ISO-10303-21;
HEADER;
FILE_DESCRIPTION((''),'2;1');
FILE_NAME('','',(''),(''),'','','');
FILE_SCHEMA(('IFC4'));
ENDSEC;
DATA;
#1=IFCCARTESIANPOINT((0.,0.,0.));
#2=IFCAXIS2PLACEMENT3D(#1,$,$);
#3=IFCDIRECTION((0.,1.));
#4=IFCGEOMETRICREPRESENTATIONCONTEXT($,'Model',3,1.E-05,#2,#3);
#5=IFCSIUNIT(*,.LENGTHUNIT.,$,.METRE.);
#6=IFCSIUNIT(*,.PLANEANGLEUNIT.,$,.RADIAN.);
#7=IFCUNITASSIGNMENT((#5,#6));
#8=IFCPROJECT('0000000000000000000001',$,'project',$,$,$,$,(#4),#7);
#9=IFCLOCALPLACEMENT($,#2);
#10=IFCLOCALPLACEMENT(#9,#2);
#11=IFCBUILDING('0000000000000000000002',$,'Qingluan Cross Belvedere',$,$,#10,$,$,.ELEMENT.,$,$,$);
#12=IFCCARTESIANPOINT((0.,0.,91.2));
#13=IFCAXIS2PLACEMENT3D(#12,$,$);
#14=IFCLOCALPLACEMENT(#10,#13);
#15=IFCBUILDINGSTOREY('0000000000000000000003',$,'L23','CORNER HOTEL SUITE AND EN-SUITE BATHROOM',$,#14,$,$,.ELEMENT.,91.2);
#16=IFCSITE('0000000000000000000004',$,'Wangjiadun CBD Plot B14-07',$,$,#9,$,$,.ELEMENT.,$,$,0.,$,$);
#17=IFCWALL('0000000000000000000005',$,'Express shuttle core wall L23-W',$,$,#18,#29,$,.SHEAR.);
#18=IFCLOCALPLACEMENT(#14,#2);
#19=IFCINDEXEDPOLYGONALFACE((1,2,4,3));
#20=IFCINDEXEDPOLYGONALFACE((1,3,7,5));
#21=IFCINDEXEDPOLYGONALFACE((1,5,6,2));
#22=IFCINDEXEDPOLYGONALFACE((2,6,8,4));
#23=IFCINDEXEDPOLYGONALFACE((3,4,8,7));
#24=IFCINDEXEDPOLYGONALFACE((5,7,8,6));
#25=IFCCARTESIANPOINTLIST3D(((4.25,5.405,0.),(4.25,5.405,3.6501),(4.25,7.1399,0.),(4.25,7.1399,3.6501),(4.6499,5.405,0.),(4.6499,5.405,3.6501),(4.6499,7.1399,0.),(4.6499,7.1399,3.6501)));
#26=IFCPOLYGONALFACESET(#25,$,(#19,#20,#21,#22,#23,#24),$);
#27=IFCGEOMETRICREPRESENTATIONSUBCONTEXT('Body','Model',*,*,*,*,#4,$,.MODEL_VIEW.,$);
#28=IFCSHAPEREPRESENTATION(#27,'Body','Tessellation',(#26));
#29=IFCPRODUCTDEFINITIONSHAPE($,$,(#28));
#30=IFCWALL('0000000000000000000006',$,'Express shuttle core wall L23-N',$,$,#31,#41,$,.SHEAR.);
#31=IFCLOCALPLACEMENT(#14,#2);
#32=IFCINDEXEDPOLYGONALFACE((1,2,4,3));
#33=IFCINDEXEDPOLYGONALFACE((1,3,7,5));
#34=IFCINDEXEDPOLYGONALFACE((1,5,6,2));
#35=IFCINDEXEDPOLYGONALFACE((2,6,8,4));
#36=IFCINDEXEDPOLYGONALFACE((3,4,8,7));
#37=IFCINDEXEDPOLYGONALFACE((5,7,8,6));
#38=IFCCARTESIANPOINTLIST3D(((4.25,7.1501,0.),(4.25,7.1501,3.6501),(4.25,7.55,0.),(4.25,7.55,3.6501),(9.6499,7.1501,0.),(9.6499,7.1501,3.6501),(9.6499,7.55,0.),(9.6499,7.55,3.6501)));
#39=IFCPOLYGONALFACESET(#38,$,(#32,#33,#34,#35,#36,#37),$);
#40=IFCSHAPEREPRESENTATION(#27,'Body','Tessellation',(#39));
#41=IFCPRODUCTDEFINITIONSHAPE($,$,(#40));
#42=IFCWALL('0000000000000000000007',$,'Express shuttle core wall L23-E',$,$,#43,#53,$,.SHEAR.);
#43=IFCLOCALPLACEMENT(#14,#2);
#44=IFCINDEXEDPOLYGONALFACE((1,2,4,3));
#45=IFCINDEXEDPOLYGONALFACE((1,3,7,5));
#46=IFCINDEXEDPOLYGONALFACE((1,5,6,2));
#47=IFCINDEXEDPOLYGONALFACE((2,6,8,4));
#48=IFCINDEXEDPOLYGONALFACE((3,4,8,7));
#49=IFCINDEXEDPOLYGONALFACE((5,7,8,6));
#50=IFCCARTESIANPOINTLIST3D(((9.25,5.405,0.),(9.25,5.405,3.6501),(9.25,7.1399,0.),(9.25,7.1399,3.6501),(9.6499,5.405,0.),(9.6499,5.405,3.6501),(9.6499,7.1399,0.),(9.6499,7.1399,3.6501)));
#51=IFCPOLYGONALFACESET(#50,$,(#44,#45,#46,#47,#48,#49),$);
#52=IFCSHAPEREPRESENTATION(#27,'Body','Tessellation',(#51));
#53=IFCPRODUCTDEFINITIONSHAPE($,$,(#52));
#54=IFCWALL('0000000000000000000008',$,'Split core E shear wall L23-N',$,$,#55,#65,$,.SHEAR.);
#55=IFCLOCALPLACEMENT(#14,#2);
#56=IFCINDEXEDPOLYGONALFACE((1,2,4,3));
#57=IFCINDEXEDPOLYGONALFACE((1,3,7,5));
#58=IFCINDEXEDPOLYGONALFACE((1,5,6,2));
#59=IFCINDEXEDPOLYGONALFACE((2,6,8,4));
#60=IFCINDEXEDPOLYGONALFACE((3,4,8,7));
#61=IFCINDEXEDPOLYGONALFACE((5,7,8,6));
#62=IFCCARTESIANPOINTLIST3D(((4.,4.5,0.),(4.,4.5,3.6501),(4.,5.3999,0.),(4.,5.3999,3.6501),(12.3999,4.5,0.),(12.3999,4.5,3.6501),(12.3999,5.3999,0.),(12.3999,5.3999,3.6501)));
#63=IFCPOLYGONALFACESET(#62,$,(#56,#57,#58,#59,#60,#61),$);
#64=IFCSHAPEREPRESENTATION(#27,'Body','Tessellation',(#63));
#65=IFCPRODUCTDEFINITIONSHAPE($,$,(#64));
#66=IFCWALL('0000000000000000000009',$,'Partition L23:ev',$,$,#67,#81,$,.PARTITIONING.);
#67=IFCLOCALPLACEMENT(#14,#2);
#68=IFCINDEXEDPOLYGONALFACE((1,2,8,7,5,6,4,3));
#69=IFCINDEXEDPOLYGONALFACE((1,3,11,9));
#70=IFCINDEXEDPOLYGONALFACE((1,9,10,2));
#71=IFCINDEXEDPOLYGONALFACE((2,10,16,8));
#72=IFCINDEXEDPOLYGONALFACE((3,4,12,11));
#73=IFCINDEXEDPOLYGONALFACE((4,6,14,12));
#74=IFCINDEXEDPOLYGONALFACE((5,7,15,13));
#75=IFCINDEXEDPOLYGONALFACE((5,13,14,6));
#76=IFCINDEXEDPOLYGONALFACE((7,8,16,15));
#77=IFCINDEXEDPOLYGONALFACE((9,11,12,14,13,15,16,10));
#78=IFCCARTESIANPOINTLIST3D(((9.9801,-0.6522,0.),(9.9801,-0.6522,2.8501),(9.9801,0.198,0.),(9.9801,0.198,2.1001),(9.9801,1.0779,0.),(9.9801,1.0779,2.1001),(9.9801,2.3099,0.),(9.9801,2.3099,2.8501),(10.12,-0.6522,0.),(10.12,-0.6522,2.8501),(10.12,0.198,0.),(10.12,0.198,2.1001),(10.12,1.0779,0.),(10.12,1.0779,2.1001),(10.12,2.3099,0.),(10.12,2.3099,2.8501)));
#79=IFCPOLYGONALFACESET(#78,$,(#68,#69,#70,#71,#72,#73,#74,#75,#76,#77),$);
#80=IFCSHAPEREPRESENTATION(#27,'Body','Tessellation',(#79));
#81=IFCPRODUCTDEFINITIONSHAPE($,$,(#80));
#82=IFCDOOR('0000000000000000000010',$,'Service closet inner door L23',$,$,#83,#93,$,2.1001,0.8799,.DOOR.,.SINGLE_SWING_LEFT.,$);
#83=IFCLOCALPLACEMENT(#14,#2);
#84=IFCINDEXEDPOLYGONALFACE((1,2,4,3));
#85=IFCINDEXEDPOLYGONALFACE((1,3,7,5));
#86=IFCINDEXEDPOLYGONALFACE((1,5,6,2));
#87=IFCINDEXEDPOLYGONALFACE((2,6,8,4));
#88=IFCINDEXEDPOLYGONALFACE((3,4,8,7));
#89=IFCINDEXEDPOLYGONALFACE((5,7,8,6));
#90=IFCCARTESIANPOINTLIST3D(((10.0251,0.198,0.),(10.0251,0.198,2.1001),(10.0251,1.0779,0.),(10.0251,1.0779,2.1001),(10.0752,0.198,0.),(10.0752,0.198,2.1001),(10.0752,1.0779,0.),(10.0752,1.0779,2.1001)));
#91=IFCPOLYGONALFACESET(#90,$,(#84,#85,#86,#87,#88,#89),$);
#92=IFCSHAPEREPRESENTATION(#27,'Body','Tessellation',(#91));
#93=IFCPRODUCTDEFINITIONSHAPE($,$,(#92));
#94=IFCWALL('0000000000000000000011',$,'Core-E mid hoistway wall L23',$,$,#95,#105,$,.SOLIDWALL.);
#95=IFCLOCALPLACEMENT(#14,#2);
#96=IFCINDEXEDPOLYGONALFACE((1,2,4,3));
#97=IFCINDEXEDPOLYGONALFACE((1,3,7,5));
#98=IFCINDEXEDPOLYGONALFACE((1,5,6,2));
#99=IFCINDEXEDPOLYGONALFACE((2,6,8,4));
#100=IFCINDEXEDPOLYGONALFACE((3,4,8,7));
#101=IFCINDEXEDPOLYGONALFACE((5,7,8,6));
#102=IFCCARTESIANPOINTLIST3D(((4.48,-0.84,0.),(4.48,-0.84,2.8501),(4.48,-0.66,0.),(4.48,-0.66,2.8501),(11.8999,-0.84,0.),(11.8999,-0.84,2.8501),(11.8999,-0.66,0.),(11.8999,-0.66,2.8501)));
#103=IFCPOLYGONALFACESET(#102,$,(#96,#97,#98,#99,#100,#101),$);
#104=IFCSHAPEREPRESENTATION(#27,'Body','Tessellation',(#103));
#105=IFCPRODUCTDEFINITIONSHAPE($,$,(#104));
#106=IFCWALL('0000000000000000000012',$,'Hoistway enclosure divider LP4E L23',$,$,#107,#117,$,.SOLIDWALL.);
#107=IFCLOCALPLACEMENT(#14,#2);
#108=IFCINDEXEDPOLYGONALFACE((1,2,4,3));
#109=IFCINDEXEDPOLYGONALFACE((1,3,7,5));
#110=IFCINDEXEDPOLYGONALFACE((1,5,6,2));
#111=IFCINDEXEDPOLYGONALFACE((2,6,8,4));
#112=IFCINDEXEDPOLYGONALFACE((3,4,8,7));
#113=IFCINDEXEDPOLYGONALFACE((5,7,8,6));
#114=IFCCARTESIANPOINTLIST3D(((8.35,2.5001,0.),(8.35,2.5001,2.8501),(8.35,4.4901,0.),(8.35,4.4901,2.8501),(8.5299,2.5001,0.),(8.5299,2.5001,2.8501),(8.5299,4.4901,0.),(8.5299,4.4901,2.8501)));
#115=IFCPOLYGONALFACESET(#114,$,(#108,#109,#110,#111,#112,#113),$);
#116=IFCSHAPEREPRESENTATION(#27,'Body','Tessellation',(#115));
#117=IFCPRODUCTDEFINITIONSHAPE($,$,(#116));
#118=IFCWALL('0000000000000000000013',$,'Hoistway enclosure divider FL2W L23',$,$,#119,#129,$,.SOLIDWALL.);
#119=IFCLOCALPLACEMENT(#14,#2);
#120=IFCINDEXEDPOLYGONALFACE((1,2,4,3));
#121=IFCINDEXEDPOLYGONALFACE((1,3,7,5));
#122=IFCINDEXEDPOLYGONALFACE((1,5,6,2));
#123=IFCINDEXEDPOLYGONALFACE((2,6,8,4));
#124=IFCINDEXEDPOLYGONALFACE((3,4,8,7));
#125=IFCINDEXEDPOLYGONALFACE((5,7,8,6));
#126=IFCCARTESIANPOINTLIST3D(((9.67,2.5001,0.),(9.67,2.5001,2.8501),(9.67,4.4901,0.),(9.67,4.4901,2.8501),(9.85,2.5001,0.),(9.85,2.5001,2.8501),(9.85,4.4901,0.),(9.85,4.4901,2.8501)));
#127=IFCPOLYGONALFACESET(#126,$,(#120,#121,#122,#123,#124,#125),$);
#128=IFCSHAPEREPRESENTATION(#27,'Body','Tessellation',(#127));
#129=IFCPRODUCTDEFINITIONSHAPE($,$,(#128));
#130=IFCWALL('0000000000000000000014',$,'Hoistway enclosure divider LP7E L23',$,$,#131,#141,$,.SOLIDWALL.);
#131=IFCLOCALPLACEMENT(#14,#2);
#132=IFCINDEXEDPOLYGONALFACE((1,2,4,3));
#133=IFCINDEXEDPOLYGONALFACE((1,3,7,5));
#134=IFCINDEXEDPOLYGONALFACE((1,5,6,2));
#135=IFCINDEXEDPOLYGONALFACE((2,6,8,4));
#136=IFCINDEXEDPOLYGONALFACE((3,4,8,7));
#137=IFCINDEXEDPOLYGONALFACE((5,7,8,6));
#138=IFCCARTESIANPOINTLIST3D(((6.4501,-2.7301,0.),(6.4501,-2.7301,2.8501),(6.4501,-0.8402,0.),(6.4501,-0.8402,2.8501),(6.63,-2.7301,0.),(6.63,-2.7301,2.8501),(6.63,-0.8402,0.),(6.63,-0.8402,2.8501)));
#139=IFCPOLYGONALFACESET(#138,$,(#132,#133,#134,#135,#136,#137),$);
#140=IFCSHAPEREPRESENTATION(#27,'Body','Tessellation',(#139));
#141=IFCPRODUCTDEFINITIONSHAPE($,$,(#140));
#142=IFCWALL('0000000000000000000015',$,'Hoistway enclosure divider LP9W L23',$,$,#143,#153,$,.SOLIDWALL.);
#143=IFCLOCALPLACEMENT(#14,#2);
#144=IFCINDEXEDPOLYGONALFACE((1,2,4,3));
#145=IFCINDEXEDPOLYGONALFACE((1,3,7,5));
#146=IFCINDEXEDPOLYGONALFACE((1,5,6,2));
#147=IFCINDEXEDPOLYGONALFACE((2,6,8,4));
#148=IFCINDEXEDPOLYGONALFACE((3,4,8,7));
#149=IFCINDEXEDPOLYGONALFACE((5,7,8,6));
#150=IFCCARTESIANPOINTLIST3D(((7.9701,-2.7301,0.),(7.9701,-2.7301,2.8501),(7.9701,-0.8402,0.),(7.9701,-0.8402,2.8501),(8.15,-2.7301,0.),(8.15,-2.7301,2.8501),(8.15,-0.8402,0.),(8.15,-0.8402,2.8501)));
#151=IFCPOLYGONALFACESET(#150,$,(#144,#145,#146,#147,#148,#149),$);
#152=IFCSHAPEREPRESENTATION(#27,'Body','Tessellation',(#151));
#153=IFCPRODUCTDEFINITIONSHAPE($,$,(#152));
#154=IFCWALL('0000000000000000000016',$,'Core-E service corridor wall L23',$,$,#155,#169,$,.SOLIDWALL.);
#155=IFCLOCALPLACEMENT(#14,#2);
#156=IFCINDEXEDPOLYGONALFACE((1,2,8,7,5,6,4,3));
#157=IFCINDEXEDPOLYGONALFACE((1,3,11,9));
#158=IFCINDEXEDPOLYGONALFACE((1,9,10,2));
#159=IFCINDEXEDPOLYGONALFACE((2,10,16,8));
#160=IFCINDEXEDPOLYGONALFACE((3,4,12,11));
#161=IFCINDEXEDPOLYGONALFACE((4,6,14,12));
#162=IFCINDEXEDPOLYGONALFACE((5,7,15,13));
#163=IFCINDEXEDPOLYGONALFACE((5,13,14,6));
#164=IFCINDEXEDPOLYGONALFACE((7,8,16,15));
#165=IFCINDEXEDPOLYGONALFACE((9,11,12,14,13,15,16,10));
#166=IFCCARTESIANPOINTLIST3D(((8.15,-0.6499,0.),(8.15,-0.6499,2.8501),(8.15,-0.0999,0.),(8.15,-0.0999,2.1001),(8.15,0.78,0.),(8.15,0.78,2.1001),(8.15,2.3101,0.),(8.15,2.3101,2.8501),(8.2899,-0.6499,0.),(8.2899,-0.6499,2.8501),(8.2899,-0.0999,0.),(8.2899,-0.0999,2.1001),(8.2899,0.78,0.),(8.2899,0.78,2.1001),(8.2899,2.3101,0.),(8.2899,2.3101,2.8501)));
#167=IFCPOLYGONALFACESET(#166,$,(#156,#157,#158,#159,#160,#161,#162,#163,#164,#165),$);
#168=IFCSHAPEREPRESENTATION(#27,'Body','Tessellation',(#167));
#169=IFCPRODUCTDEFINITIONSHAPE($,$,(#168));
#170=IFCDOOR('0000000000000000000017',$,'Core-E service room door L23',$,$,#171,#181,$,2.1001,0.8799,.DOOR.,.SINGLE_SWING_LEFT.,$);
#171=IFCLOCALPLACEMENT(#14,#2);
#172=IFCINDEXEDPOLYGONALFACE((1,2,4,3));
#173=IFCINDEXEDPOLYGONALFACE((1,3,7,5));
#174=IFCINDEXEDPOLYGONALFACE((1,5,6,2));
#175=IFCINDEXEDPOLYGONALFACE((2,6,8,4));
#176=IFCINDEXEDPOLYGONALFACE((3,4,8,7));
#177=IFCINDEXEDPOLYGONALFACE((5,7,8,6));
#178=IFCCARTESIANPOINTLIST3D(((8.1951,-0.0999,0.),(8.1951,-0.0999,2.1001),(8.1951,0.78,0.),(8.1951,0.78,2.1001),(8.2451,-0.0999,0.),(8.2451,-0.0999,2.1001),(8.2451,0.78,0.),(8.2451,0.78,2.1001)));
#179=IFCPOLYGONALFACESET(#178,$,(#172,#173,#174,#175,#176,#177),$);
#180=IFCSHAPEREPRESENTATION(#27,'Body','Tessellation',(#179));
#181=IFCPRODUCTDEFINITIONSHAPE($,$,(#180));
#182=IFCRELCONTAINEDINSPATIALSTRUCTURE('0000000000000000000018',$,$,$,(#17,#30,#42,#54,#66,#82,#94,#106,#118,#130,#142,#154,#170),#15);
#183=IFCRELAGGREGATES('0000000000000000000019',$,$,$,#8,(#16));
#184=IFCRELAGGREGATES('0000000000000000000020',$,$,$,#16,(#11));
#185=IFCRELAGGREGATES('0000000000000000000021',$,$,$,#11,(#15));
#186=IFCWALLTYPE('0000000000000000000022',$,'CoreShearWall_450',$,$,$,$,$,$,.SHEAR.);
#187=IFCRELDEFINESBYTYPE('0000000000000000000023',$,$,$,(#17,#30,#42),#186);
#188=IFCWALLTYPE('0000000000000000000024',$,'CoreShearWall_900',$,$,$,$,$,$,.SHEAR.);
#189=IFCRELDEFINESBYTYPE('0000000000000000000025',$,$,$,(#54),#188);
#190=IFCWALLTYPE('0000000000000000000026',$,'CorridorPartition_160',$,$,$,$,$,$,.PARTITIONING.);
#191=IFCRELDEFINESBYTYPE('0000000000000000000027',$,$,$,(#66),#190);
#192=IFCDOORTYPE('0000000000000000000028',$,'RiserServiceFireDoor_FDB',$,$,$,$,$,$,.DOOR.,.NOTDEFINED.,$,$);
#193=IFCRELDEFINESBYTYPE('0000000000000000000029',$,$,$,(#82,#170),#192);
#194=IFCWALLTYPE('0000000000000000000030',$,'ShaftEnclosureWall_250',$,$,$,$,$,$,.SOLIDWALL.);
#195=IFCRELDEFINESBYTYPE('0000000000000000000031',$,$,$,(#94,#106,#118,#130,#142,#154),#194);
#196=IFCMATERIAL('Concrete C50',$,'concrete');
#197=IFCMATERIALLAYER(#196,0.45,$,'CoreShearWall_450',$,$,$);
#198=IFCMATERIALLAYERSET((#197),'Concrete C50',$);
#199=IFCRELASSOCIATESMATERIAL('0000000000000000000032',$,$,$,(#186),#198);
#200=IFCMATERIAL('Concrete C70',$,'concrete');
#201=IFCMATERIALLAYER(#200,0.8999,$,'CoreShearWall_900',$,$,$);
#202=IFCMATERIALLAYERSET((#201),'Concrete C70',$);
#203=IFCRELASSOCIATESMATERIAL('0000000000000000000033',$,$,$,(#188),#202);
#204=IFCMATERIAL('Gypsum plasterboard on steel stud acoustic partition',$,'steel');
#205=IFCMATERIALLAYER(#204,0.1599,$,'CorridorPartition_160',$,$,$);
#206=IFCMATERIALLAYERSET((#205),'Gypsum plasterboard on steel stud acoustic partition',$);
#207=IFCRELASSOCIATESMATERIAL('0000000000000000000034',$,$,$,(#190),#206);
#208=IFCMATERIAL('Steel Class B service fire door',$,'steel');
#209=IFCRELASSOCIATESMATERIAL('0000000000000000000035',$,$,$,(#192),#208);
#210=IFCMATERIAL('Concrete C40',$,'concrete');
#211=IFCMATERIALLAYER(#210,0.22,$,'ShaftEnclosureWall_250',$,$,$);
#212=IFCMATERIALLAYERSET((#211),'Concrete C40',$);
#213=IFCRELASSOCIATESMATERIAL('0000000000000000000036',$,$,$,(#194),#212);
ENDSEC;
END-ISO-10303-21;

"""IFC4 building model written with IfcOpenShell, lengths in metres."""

from ifc_helpers import new_model, si_unit, direction, frame, frame_2d, origin, place, context, subcontext, project, spatial, rectangle, extrude, material, layer, layer_set, type_object, element, fill, save


model = new_model("IFC4")

# Units and contexts
model_context = context("Model", 3, precision=1e-05, world=origin(), true_north=direction((0.0, 1.0)))
body_context = subcontext(model_context, "Body", "Model", "MODEL_VIEW")
ifc_project = project(units=[si_unit("LENGTHUNIT", "METRE"), si_unit("PLANEANGLEUNIT", "RADIAN")], contexts=[model_context])

# Site, building, storey
site_placement = place(None, origin())
site = spatial("IfcSite", under=ifc_project, at=site_placement, Name="Wangjiadun CBD Plot B14-07", CompositionType="ELEMENT", RefElevation=0.0)
building_placement = place(site_placement, origin())
building = spatial("IfcBuilding", under=site, at=building_placement, Name="Qingluan Cross Belvedere", CompositionType="ELEMENT")
storey_placement = place(building_placement, frame((0.0, 0.0, 91.2)))
storey = spatial("IfcBuildingStorey", under=building, at=storey_placement, Name="L23", Description="CORNER HOTEL SUITE AND EN-SUITE BATHROOM", CompositionType="ELEMENT", Elevation=91.2)

# Walls
ifc_material_1 = material(Name="Concrete C50", Category="concrete")
ifc_layer_1 = layer(ifc_material_1, 0.45, Name="CoreShearWall_450")
ifc_layer_set_1 = layer_set([ifc_layer_1], Name="Concrete C50")
wall_type_1 = type_object("IfcWallType", Name="CoreShearWall_450", PredefinedType="SHEAR", material=ifc_layer_set_1)
wall_1_placement = place(storey_placement, frame((4.45, 5.405, 0.0), z_axis=(0.0, 0.0, 1.0), x_axis=(0.0, 1.0, 0.0)))
element("IfcWall", 1, at=wall_1_placement, inside=storey, type_object=wall_type_1, Name="Express shuttle core wall L23-W", PredefinedType="SHEAR", context=body_context, shape_type="SweptSolid", body=[
    extrude(rectangle(XDim=1.7349, YDim=0.3999, at=frame_2d((0.8674, 0.0))), origin(), (0.0, 0.0, 1.0), 3.6501),
])
wall_2_placement = place(storey_placement, frame((4.25, 7.3501, 0.0), z_axis=(0.0, 0.0, 1.0), x_axis=(1.0, 0.0, 0.0)))
element("IfcWall", 2, at=wall_2_placement, inside=storey, type_object=wall_type_1, Name="Express shuttle core wall L23-N", PredefinedType="SHEAR", context=body_context, shape_type="SweptSolid", body=[
    extrude(rectangle(XDim=5.3999, YDim=0.3999, at=frame_2d((2.7, 0.0))), origin(), (0.0, 0.0, 1.0), 3.6501),
])
wall_3_placement = place(storey_placement, frame((9.45, 5.405, 0.0), z_axis=(0.0, 0.0, 1.0), x_axis=(0.0, 1.0, 0.0)))
element("IfcWall", 3, at=wall_3_placement, inside=storey, type_object=wall_type_1, Name="Express shuttle core wall L23-E", PredefinedType="SHEAR", context=body_context, shape_type="SweptSolid", body=[
    extrude(rectangle(XDim=1.7349, YDim=0.3999, at=frame_2d((0.8674, 0.0))), origin(), (0.0, 0.0, 1.0), 3.6501),
])
ifc_material_2 = material(Name="Concrete C70", Category="concrete")
ifc_layer_2 = layer(ifc_material_2, 0.8999, Name="CoreShearWall_900")
ifc_layer_set_2 = layer_set([ifc_layer_2], Name="Concrete C70")
wall_type_2 = type_object("IfcWallType", Name="CoreShearWall_900", PredefinedType="SHEAR", material=ifc_layer_set_2)
wall_4_placement = place(storey_placement, frame((4.0, 4.95, 0.0), z_axis=(0.0, 0.0, 1.0), x_axis=(1.0, 0.0, 0.0)))
element("IfcWall", 4, at=wall_4_placement, inside=storey, type_object=wall_type_2, Name="Split core E shear wall L23-N", PredefinedType="SHEAR", context=body_context, shape_type="SweptSolid", body=[
    extrude(rectangle(XDim=8.3999, YDim=0.8999, at=frame_2d((4.2, 0.0))), origin(), (0.0, 0.0, 1.0), 3.6501),
])

# Wall, opening, door
ifc_material_3 = material(Name="Gypsum plasterboard on steel stud acoustic partition", Category="steel")
ifc_layer_3 = layer(ifc_material_3, 0.1599, Name="CorridorPartition_160")
ifc_layer_set_3 = layer_set([ifc_layer_3], Name="Gypsum plasterboard on steel stud acoustic partition")
wall_type_3 = type_object("IfcWallType", Name="CorridorPartition_160", PredefinedType="PARTITIONING", material=ifc_layer_set_3)
wall_5_placement = place(storey_placement, frame((10.05, -0.6521, 0.0), z_axis=(0.0, 0.0, 1.0), x_axis=(0.0, 1.0, 0.0)))
wall_5 = element("IfcWall", 5, at=wall_5_placement, inside=storey, type_object=wall_type_3, Name="Partition L23:ev", PredefinedType="PARTITIONING", context=body_context, shape_type="SweptSolid", body=[
    extrude(rectangle(XDim=2.9622, YDim=0.1399, at=frame_2d((1.481, 0.0))), origin(), (0.0, 0.0, 1.0), 2.8501),
])
opening_1_placement = place(wall_5_placement, frame((0.8501, 0.0, 0.0)))
opening_1 = element("IfcOpeningElement", 6, at=opening_1_placement, cuts=wall_5, PredefinedType="OPENING", context=body_context, shape_type="SweptSolid", body=[
    extrude(rectangle(XDim=0.8799, YDim=2.1001, at=frame_2d((0.4399, 1.05))), frame((0.0, 0.0798, 0.0), z_axis=(0.0, -1.0, 0.0), x_axis=(1.0, 0.0, 0.0)), (0.0, 0.0, 1.0), 0.1599),
])
ifc_material_4 = material(Name="Steel Class B service fire door", Category="steel")
door_type_1 = type_object("IfcDoorType", Name="RiserServiceFireDoor_FDB", OperationType="NOTDEFINED", PredefinedType="DOOR", material=ifc_material_4)
door_1_placement = place(opening_1_placement, origin())
door_1 = element("IfcDoor", 7, at=door_1_placement, inside=storey, type_object=door_type_1, Name="Service closet inner door L23", OperationType="SINGLE_SWING_LEFT", OverallHeight=2.1001, OverallWidth=0.8799, PredefinedType="DOOR", context=body_context, shape_type="SweptSolid", body=[
    extrude(rectangle(XDim=0.8799, YDim=2.1001, at=frame_2d((0.4399, 1.05))), frame((0.0, 0.0249, 0.0), z_axis=(0.0, -1.0, 0.0), x_axis=(1.0, 0.0, 0.0)), (0.0, 0.0, 1.0), 0.05),
])
fill(opening_1, door_1)

# Shared definitions
ifc_material_5 = material(Name="Concrete C40", Category="concrete")
ifc_layer_4 = layer(ifc_material_5, 0.22, Name="ShaftEnclosureWall_250")
ifc_layer_set_4 = layer_set([ifc_layer_4], Name="Concrete C40")
wall_type_4 = type_object("IfcWallType", Name="ShaftEnclosureWall_250", PredefinedType="SOLIDWALL", material=ifc_layer_set_4)

# Walls
wall_6_placement = place(storey_placement, frame((4.48, -0.75, 0.0), z_axis=(0.0, 0.0, 1.0), x_axis=(1.0, 0.0, 0.0)))
element("IfcWall", 8, at=wall_6_placement, inside=storey, type_object=wall_type_4, Name="Core-E mid hoistway wall L23", PredefinedType="SOLIDWALL", context=body_context, shape_type="SweptSolid", body=[
    extrude(rectangle(XDim=7.4199, YDim=0.1799, at=frame_2d((3.71, 0.0))), origin(), (0.0, 0.0, 1.0), 2.8501),
])
for number, where, z_axis, x_axis, name in (
    (9, (8.4399, 2.5, 0.0), (0.0, 0.0, 1.0), (0.0, 1.0, 0.0), "Hoistway enclosure divider LP4E L23"),
    (10, (9.76, 2.5, 0.0), (0.0, 0.0, 1.0), (0.0, 1.0, 0.0), "Hoistway enclosure divider FL2W L23"),
):
    element("IfcWall", number, at=place(storey_placement, frame(where, z_axis=z_axis, x_axis=x_axis)), inside=storey, type_object=wall_type_4, Name=name, PredefinedType="SOLIDWALL", context=body_context, shape_type="SweptSolid", body=[
        extrude(rectangle(XDim=1.99, YDim=0.1799, at=frame_2d((0.9951, 0.0))), origin(), (0.0, 0.0, 1.0), 2.8501),
    ])
for number, where, z_axis, x_axis, name in (
    (11, (6.54, -2.73, 0.0), (0.0, 0.0, 1.0), (0.0, 1.0, 0.0), "Hoistway enclosure divider LP7E L23"),
    (12, (8.0601, -2.73, 0.0), (0.0, 0.0, 1.0), (0.0, 1.0, 0.0), "Hoistway enclosure divider LP9W L23"),
):
    element("IfcWall", number, at=place(storey_placement, frame(where, z_axis=z_axis, x_axis=x_axis)), inside=storey, type_object=wall_type_4, Name=name, PredefinedType="SOLIDWALL", context=body_context, shape_type="SweptSolid", body=[
        extrude(rectangle(XDim=1.8899, YDim=0.1799, at=frame_2d((0.9448, 0.0))), origin(), (0.0, 0.0, 1.0), 2.8501),
    ])

# Wall, opening, door
wall_7_placement = place(storey_placement, frame((8.22, -0.6499, 0.0), z_axis=(0.0, 0.0, 1.0), x_axis=(0.0, 1.0, 0.0)))
wall_7 = element("IfcWall", 13, at=wall_7_placement, inside=storey, type_object=wall_type_4, Name="Core-E service corridor wall L23", PredefinedType="SOLIDWALL", context=body_context, shape_type="SweptSolid", body=[
    extrude(rectangle(XDim=2.96, YDim=0.1399, at=frame_2d((1.48, 0.0))), origin(), (0.0, 0.0, 1.0), 2.8501),
])
opening_2_placement = place(wall_7_placement, frame((0.55, 0.0, 0.0)))
opening_2 = element("IfcOpeningElement", 14, at=opening_2_placement, cuts=wall_7, PredefinedType="OPENING", context=body_context, shape_type="SweptSolid", body=[
    extrude(rectangle(XDim=0.8799, YDim=2.1001, at=frame_2d((0.4399, 1.05))), frame((0.0, 0.0798, 0.0), z_axis=(0.0, -1.0, 0.0), x_axis=(1.0, 0.0, 0.0)), (0.0, 0.0, 1.0), 0.1599),
])
door_2_placement = place(opening_2_placement, origin())
door_2 = element("IfcDoor", 15, at=door_2_placement, inside=storey, type_object=door_type_1, Name="Core-E service room door L23", OperationType="SINGLE_SWING_LEFT", OverallHeight=2.1001, OverallWidth=0.8799, PredefinedType="DOOR", context=body_context, shape_type="SweptSolid", body=[
    extrude(rectangle(XDim=0.8799, YDim=2.1001, at=frame_2d((0.4399, 1.05))), frame((0.0, 0.0249, 0.0), z_axis=(0.0, -1.0, 0.0), x_axis=(1.0, 0.0, 0.0)), (0.0, 0.0, 1.0), 0.05),
])
fill(opening_2, door_2)

save(model, "model.ifc")
